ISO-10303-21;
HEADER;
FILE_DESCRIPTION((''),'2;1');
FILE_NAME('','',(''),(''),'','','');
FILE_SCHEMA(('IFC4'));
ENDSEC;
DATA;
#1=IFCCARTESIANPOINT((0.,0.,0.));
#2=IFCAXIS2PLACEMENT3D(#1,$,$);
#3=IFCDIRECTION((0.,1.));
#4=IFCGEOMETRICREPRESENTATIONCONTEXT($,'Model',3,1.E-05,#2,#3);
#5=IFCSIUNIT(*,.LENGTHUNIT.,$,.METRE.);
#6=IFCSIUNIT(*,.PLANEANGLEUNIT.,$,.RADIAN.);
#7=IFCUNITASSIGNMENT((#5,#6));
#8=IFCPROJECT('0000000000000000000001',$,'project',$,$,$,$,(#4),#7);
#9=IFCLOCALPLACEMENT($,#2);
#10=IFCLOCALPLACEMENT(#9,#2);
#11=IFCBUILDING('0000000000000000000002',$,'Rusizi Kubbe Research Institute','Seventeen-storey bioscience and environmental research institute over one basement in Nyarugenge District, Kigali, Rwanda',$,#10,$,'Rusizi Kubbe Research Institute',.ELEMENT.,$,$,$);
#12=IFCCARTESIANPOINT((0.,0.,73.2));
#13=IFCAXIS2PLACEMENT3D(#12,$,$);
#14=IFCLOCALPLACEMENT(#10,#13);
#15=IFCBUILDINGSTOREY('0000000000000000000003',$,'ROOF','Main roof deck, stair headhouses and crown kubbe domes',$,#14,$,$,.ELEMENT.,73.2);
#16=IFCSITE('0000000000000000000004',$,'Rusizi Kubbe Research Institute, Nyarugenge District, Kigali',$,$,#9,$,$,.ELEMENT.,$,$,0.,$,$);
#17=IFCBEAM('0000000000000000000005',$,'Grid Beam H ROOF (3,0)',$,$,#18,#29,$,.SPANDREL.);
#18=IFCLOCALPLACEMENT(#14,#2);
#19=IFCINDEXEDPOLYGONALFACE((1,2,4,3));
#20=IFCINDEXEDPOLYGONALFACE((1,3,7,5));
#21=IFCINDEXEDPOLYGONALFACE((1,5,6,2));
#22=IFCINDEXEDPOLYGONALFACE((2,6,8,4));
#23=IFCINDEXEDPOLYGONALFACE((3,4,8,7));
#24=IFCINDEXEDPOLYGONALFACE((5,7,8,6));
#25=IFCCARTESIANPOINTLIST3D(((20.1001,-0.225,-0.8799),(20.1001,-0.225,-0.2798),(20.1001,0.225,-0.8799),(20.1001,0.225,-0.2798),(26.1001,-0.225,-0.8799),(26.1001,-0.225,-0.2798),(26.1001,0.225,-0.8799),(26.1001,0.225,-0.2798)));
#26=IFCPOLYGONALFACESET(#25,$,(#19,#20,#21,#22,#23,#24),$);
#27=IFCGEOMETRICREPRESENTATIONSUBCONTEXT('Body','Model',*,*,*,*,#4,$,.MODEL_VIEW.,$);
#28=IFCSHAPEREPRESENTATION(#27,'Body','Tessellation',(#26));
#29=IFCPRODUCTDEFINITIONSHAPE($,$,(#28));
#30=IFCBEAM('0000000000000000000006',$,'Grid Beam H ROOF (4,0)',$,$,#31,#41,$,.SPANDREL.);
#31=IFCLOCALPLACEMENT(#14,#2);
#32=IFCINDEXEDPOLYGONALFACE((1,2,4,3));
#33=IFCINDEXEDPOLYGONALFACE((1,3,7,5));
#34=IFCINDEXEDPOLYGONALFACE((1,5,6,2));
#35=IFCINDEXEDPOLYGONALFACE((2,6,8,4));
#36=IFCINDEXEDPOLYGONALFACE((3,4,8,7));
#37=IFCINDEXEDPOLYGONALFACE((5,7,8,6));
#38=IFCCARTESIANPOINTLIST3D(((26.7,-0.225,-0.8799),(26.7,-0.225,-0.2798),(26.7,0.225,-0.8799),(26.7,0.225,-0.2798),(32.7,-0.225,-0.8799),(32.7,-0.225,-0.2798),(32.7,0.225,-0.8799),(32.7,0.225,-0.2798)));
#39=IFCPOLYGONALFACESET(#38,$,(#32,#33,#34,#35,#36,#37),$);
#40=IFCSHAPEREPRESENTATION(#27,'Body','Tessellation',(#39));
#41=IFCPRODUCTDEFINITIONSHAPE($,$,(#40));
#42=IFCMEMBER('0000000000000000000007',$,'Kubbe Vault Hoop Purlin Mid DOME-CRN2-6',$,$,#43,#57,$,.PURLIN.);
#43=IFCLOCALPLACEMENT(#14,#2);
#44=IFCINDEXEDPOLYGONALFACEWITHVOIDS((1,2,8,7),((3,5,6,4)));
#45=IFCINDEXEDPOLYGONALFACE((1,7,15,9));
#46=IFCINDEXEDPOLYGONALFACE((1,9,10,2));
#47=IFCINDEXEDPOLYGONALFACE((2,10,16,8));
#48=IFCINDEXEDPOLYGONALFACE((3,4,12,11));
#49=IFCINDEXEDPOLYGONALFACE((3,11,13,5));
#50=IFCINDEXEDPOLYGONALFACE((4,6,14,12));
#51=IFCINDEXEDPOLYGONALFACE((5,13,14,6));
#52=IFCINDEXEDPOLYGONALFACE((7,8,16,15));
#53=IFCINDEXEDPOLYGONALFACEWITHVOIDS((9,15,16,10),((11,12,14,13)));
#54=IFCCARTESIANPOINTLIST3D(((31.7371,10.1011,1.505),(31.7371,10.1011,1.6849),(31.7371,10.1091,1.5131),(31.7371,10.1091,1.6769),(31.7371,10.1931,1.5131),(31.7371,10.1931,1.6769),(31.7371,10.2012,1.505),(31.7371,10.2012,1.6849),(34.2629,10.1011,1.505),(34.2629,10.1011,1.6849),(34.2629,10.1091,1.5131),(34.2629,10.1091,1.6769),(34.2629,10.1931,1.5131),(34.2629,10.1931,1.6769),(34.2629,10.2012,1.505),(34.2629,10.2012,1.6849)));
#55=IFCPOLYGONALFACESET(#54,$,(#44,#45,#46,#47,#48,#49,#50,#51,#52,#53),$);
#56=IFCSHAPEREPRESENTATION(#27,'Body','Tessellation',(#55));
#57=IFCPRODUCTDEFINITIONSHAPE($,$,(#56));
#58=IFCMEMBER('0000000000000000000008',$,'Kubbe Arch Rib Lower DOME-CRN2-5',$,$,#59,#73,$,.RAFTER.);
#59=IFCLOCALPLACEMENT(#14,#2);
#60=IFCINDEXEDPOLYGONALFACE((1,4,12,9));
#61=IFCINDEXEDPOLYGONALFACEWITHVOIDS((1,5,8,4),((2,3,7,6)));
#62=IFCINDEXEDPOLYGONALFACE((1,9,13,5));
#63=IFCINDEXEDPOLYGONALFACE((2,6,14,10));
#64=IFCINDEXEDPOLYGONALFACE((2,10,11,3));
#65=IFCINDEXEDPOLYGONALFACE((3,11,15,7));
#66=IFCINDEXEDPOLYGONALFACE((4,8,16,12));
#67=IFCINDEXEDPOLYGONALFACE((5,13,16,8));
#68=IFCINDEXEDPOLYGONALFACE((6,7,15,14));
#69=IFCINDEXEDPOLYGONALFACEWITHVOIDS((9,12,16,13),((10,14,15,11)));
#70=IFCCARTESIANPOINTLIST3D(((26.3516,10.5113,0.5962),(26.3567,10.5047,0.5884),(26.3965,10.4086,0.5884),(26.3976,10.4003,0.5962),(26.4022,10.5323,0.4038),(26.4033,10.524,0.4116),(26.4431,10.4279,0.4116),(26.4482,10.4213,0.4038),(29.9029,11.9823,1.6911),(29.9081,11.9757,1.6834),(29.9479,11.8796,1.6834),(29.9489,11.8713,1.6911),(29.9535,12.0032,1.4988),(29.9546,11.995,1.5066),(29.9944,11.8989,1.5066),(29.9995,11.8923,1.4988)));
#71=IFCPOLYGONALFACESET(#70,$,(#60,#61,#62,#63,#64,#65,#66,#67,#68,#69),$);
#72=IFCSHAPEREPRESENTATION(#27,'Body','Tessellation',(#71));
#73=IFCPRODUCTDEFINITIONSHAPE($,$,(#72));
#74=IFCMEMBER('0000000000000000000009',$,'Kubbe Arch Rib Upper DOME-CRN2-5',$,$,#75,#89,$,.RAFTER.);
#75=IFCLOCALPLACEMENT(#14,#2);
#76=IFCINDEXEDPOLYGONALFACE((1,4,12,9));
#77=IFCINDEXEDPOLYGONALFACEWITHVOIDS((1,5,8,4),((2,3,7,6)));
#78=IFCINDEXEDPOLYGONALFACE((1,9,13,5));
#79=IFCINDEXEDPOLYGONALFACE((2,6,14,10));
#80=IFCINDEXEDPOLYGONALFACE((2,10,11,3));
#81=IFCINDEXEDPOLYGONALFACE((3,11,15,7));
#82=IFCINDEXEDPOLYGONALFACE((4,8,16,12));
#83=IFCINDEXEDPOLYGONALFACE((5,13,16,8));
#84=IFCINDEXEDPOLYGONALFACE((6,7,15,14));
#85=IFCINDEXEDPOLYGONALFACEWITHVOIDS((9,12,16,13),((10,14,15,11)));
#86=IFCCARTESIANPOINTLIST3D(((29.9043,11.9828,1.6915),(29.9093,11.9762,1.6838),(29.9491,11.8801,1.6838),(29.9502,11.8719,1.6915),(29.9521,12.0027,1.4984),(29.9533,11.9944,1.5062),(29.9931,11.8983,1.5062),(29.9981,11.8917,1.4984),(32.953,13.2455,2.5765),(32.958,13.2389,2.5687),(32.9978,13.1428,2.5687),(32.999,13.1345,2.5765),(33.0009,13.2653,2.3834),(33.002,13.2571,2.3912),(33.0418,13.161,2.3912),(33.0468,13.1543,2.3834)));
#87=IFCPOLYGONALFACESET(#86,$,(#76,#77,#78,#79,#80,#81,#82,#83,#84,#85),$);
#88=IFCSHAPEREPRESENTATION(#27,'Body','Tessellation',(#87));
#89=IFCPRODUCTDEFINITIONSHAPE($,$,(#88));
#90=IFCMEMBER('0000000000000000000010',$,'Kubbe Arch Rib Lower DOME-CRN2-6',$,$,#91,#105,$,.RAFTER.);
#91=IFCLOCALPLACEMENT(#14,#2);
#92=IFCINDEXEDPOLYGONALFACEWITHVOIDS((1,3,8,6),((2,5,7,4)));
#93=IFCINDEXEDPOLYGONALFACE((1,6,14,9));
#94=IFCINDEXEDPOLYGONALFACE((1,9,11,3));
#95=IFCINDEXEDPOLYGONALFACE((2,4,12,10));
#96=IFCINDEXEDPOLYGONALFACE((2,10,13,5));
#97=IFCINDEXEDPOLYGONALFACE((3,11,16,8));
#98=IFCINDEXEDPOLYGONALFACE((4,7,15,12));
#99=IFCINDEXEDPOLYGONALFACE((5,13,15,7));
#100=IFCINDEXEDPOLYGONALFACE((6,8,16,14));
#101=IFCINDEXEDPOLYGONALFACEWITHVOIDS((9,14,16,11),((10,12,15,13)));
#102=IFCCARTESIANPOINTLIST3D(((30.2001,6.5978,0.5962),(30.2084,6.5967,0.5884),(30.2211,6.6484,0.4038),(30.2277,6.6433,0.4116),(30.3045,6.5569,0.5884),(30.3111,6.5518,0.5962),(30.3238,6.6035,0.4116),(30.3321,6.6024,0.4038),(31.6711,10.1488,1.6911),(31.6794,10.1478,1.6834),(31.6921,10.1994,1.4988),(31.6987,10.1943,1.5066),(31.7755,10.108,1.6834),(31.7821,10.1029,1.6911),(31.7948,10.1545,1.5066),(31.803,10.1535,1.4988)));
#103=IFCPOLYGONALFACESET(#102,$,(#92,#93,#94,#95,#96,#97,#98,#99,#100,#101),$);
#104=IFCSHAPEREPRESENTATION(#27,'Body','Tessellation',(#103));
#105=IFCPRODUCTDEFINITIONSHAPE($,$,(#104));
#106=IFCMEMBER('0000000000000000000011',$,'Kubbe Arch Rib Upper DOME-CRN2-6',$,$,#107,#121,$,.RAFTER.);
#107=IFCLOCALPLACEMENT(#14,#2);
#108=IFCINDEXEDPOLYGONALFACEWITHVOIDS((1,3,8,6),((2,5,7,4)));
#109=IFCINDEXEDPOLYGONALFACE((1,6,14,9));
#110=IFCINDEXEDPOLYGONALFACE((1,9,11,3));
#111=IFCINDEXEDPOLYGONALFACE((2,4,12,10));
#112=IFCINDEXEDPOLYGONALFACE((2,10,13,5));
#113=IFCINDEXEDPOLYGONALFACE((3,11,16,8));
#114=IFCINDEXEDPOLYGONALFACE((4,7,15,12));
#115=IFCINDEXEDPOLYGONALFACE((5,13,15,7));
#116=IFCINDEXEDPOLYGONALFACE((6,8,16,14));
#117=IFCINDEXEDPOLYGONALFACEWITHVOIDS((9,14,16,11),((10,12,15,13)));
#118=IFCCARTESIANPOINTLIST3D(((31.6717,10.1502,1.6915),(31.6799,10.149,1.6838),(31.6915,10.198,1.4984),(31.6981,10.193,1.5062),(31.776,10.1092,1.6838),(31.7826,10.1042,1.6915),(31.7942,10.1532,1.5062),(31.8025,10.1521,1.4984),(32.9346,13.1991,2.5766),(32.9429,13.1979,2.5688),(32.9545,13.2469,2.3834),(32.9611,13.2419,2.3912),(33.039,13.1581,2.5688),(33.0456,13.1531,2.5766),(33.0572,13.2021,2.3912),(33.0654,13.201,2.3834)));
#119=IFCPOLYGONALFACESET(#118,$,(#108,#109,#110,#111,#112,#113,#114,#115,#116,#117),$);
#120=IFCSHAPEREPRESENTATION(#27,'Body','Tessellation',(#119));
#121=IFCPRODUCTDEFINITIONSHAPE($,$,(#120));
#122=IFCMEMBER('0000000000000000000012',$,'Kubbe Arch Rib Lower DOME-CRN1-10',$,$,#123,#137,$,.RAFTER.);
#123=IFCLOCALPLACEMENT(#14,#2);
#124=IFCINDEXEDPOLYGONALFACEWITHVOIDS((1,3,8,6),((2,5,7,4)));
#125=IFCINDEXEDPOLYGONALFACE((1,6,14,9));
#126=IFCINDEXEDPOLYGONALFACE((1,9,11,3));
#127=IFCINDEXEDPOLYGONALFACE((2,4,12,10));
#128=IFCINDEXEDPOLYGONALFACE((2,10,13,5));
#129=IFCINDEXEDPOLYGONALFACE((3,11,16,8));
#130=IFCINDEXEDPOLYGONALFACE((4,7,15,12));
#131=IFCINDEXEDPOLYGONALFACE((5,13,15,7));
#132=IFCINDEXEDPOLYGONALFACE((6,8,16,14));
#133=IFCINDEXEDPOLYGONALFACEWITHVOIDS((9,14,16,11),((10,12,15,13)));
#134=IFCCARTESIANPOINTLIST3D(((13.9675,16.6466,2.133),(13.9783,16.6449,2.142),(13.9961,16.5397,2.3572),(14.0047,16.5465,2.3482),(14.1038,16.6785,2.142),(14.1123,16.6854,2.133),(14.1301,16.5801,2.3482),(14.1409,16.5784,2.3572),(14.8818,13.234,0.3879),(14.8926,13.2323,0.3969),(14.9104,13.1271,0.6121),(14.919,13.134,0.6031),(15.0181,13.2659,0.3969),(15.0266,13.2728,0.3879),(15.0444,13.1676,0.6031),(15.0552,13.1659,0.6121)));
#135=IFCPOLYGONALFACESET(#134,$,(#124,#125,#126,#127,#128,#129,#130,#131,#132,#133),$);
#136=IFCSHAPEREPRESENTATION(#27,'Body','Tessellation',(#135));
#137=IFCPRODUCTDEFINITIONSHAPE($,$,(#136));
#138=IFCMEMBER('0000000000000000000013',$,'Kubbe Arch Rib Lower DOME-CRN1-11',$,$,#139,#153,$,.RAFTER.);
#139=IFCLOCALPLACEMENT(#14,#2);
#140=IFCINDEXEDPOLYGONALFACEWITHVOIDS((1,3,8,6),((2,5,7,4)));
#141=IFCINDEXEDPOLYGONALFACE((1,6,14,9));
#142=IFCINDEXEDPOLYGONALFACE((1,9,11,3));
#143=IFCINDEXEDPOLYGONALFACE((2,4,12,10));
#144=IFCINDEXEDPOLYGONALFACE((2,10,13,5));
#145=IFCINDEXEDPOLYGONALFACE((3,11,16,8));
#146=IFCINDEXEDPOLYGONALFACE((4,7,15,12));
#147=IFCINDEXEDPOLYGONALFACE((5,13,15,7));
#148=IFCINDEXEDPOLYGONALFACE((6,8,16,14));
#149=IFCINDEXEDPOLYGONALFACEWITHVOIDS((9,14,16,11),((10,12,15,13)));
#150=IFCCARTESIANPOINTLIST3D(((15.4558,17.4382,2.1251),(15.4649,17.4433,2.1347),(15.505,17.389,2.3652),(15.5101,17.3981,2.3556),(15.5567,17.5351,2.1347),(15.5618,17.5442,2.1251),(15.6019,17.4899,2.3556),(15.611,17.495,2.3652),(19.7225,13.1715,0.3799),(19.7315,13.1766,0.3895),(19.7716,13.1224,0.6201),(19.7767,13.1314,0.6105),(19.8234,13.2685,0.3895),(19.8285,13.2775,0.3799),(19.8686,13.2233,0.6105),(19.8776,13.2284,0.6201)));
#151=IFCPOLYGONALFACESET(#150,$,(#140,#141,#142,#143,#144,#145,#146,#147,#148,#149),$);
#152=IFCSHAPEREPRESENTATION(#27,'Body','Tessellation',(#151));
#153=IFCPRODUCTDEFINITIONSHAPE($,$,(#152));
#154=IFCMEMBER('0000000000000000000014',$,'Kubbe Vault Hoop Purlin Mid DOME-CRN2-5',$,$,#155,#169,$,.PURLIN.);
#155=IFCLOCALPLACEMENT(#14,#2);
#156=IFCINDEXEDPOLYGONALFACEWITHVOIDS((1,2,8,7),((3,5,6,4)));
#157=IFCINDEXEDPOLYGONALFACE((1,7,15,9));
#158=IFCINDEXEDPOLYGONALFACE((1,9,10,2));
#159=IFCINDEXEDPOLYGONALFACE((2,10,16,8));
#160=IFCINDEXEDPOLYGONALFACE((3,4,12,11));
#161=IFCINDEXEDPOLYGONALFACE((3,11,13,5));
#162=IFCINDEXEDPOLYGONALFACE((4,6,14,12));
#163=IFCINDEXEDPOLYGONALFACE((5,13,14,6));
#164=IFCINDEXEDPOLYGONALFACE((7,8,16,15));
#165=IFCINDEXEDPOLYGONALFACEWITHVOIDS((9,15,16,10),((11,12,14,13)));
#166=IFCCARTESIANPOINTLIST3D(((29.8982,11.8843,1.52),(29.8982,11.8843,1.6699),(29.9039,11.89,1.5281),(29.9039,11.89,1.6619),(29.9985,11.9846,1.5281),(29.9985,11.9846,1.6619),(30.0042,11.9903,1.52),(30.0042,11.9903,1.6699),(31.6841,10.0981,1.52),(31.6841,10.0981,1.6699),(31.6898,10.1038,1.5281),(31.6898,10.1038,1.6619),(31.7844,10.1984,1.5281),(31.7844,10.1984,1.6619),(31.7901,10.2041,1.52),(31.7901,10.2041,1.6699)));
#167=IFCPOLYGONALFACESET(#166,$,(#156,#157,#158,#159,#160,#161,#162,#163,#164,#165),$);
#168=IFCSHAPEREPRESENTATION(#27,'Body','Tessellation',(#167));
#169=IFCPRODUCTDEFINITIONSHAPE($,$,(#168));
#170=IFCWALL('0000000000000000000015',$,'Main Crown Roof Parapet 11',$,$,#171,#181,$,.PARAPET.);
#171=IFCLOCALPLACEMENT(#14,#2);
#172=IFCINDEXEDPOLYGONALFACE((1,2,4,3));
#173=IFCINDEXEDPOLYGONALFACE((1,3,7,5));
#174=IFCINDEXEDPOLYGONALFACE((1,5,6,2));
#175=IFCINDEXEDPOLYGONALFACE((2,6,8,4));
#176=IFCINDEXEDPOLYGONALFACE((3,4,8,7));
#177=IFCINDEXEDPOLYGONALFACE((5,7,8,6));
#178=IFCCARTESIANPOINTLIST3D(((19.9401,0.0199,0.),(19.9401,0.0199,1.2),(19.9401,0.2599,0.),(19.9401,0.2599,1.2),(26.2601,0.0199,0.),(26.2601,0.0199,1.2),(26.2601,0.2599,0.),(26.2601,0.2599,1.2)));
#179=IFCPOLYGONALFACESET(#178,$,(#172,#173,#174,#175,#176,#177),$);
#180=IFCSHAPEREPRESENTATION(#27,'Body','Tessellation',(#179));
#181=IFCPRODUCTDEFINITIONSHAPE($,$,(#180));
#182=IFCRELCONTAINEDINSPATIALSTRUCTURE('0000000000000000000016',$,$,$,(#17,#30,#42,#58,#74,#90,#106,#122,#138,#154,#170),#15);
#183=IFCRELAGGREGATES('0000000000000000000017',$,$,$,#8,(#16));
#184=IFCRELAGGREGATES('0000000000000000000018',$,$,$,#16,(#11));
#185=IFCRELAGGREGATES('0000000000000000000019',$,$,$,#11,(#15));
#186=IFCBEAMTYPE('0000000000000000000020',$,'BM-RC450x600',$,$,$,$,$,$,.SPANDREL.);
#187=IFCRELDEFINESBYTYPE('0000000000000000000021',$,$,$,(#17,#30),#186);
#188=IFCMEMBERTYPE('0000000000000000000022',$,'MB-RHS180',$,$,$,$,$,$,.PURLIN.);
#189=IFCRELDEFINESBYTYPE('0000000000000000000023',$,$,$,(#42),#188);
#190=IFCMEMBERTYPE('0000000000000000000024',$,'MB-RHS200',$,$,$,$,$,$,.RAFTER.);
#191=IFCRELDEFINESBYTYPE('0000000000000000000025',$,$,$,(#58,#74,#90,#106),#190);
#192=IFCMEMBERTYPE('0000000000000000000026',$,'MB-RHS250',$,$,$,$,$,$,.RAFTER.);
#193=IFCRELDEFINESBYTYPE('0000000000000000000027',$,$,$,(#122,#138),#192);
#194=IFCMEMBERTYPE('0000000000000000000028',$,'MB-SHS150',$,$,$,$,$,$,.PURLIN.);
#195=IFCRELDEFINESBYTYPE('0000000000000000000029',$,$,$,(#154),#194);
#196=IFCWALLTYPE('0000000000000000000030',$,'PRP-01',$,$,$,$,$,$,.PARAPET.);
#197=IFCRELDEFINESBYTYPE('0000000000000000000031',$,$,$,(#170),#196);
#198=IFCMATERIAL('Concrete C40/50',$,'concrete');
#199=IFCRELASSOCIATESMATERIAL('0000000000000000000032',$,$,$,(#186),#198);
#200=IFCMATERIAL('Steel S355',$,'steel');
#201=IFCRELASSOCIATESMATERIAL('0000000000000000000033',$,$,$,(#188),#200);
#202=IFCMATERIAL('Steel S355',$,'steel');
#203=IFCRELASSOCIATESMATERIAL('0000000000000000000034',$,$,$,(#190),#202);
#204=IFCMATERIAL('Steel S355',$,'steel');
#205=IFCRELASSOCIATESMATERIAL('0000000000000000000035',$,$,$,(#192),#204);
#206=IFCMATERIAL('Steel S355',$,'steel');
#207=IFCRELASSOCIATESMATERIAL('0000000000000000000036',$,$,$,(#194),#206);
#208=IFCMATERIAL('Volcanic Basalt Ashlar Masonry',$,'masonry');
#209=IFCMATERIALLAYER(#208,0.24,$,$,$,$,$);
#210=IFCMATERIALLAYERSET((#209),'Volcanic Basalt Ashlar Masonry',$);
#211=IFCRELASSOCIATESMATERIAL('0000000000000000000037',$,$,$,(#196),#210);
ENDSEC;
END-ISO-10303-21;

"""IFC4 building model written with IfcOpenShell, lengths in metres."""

from ifc_helpers import new_model, si_unit, direction, frame, frame_2d, origin, origin_2d, place, context, subcontext, project, spatial, rectangle, hollow_rectangle, extrude, material, layer, layer_set, material_profile, profile_set, type_object, element, save


model = new_model("IFC4")

# Units and contexts
model_context = context("Model", 3, precision=1e-05, world=origin(), true_north=direction((0.0, 1.0)))
body_context = subcontext(model_context, "Body", "Model", "MODEL_VIEW")
ifc_project = project(units=[si_unit("LENGTHUNIT", "METRE"), si_unit("PLANEANGLEUNIT", "RADIAN")], contexts=[model_context])

# Site, building, storey
site_placement = place(None, origin())
site = spatial("IfcSite", under=ifc_project, at=site_placement, Name="Rusizi Kubbe Research Institute, Nyarugenge District, Kigali", CompositionType="ELEMENT", RefElevation=0.0)
building_placement = place(site_placement, origin())
building = spatial("IfcBuilding", under=site, at=building_placement, Name="Rusizi Kubbe Research Institute", Description="Seventeen-storey bioscience and environmental research institute over one basement in Nyarugenge District, Kigali, Rwanda", LongName="Rusizi Kubbe Research Institute", CompositionType="ELEMENT")
storey_placement = place(building_placement, frame((0.0, 0.0, 73.2)))
storey = spatial("IfcBuildingStorey", under=building, at=storey_placement, Name="ROOF", Description="Main roof deck, stair headhouses and crown kubbe domes", CompositionType="ELEMENT", Elevation=73.2)

# Beams
ifc_material_1 = material(Name="Concrete C40/50", Category="concrete")
ifc_material_profile_1 = material_profile(ifc_material_1, rectangle(XDim=0.45, YDim=0.6001, at=origin_2d()), Name="RC450x600")
ifc_profile_set_1 = profile_set([ifc_material_profile_1], Name="Concrete C40/50")
beam_type_1 = type_object("IfcBeamType", Name="BM-RC450x600", PredefinedType="SPANDREL", material=ifc_profile_set_1)
for number, where, z_axis, x_axis, name in (
    (1, (20.1001, 0.0, -0.5798), (1.0, 0.0, 0.0), (0.0, 1.0, 0.0), "Grid Beam H ROOF (3,0)"),
    (2, (26.7, 0.0, -0.5798), (1.0, 0.0, 0.0), (0.0, 1.0, 0.0), "Grid Beam H ROOF (4,0)"),
):
    element("IfcBeam", number, at=place(storey_placement, frame(where, z_axis=z_axis, x_axis=x_axis)), inside=storey, type_object=beam_type_1, Name=name, PredefinedType="SPANDREL", context=body_context, shape_type="SweptSolid", body=[
        extrude(rectangle(XDim=0.45, YDim=0.6001, at=origin_2d()), origin(), (0.0, 0.0, 1.0), 6.0),
    ])

# Members
ifc_material_2 = material(Name="Steel S355", Category="steel")
ifc_material_profile_2 = material_profile(ifc_material_2, hollow_rectangle(XDim=0.1001, YDim=0.1799, WallThickness=0.0081, at=origin_2d()), Name="RHS 180x100x8.0")
ifc_profile_set_2 = profile_set([ifc_material_profile_2], Name="Steel S355")
member_type_1 = type_object("IfcMemberType", Name="MB-RHS180", PredefinedType="PURLIN", material=ifc_profile_set_2)
member_1_placement = place(storey_placement, frame((31.7371, 10.1511, 1.595), z_axis=(1.0, 0.0, 0.0), x_axis=(0.0, 1.0, 0.0)))
element("IfcMember", 3, at=member_1_placement, inside=storey, type_object=member_type_1, Name="Kubbe Vault Hoop Purlin Mid DOME-CRN2-6", PredefinedType="PURLIN", context=body_context, shape_type="SweptSolid", body=[
    extrude(hollow_rectangle(XDim=0.1001, YDim=0.1799, WallThickness=0.0081, at=origin_2d()), origin(), (0.0, 0.0, 1.0), 2.5259),
])
ifc_material_3 = material(Name="Steel S355", Category="steel")
ifc_material_profile_3 = material_profile(ifc_material_3, hollow_rectangle(XDim=0.1201, YDim=0.2, WallThickness=0.0081, at=origin_2d()), Name="RHS 200x120x8.0")
ifc_profile_set_3 = profile_set([ifc_material_profile_3], Name="Steel S355")
member_type_2 = type_object("IfcMemberType", Name="MB-RHS200", PredefinedType="RAFTER", material=ifc_profile_set_3)
member_2_placement = place(storey_placement, frame((26.3999, 10.4663, 0.5), z_axis=(0.888535, 0.368034, 0.273964), x_axis=(-0.382675, 0.923883, 0.0)))
element("IfcMember", 4, at=member_2_placement, inside=storey, type_object=member_type_2, Name="Kubbe Arch Rib Lower DOME-CRN2-5", PredefinedType="RAFTER", context=body_context, shape_type="SweptSolid", body=[
    extrude(hollow_rectangle(XDim=0.1201, YDim=0.2, WallThickness=0.0081, at=origin_2d()), origin(), (0.0, 0.0, 1.0), 3.9968),
])
member_3_placement = place(storey_placement, frame((29.9512, 11.9373, 1.595), z_axis=(0.892364, 0.369579, 0.259034), x_axis=(-0.382639, 0.923898, 0.0)))
element("IfcMember", 5, at=member_3_placement, inside=storey, type_object=member_type_2, Name="Kubbe Arch Rib Upper DOME-CRN2-5", PredefinedType="RAFTER", context=body_context, shape_type="SweptSolid", body=[
    extrude(hollow_rectangle(XDim=0.1201, YDim=0.2, WallThickness=0.0081, at=origin_2d()), origin(), (0.0, 0.0, 1.0), 3.4165),
])
member_4_placement = place(storey_placement, frame((30.2661, 6.6001, 0.5), z_axis=(0.368054, 0.888522, 0.273979), x_axis=(-0.923874, 0.382698, 0.0)))
element("IfcMember", 6, at=member_4_placement, inside=storey, type_object=member_type_2, Name="Kubbe Arch Rib Lower DOME-CRN2-6", PredefinedType="RAFTER", context=body_context, shape_type="SweptSolid", body=[
    extrude(hollow_rectangle(XDim=0.1201, YDim=0.2, WallThickness=0.0081, at=origin_2d()), origin(), (0.0, 0.0, 1.0), 3.9966),
])
member_5_placement = place(storey_placement, frame((31.7371, 10.1511, 1.595), z_axis=(0.369641, 0.89234, 0.259027), x_axis=(-0.923872, 0.382702, 0.0)))
element("IfcMember", 7, at=member_5_placement, inside=storey, type_object=member_type_2, Name="Kubbe Arch Rib Upper DOME-CRN2-6", PredefinedType="RAFTER", context=body_context, shape_type="SweptSolid", body=[
    extrude(hollow_rectangle(XDim=0.1201, YDim=0.2, WallThickness=0.0081, at=origin_2d()), origin(), (0.0, 0.0, 1.0), 3.4167),
])
ifc_material_4 = material(Name="Steel S355", Category="steel")
ifc_material_profile_4 = material_profile(ifc_material_4, hollow_rectangle(XDim=0.1499, YDim=0.25, WallThickness=0.01, at=origin_2d()), Name="RHS 250x150x10.0")
ifc_profile_set_4 = profile_set([ifc_material_profile_4], Name="Steel S355")
member_type_3 = type_object("IfcMemberType", Name="MB-RHS250", PredefinedType="RAFTER", material=ifc_profile_set_4)
member_6_placement = place(storey_placement, frame((14.9685, 13.2, 0.5), z_axis=(-0.232031, 0.866041, 0.442872), x_axis=(-0.965933, -0.258794, 0.0)))
element("IfcMember", 8, at=member_6_placement, inside=storey, type_object=member_type_3, Name="Kubbe Arch Rib Lower DOME-CRN1-10", PredefinedType="RAFTER", context=body_context, shape_type="SweptSolid", body=[
    extrude(hollow_rectangle(XDim=0.1499, YDim=0.25, WallThickness=0.01, at=origin_2d()), origin(), (0.0, 0.0, 1.0), 3.9404),
])
member_7_placement = place(storey_placement, frame((19.8, 13.2, 0.5), z_axis=(-0.679268, 0.679268, 0.277833), x_axis=(-0.707107, -0.707107, 0.0)))
element("IfcMember", 9, at=member_7_placement, inside=storey, type_object=member_type_3, Name="Kubbe Arch Rib Lower DOME-CRN1-11", PredefinedType="RAFTER", context=body_context, shape_type="SweptSolid", body=[
    extrude(hollow_rectangle(XDim=0.1499, YDim=0.25, WallThickness=0.01, at=origin_2d()), origin(), (0.0, 0.0, 1.0), 6.2812),
])
ifc_material_5 = material(Name="Steel S355", Category="steel")
ifc_material_profile_5 = material_profile(ifc_material_5, hollow_rectangle(XDim=0.1499, YDim=0.1499, WallThickness=0.0081, at=origin_2d()), Name="SHS 150x150x8.0")
ifc_profile_set_5 = profile_set([ifc_material_profile_5], Name="Steel S355")
member_type_4 = type_object("IfcMemberType", Name="MB-SHS150", PredefinedType="PURLIN", material=ifc_profile_set_5)
member_8_placement = place(storey_placement, frame((29.9512, 11.9373, 1.595), z_axis=(0.707058, -0.707155, 0.0), x_axis=(0.707155, 0.707058, 0.0)))
element("IfcMember", 10, at=member_8_placement, inside=storey, type_object=member_type_4, Name="Kubbe Vault Hoop Purlin Mid DOME-CRN2-5", PredefinedType="PURLIN", context=body_context, shape_type="SweptSolid", body=[
    extrude(hollow_rectangle(XDim=0.1499, YDim=0.1499, WallThickness=0.0081, at=origin_2d()), origin(), (0.0, 0.0, 1.0), 2.5259),
])

# Wall
ifc_material_6 = material(Name="Volcanic Basalt Ashlar Masonry", Category="masonry")
ifc_layer = layer(ifc_material_6, 0.24)
ifc_layer_set = layer_set([ifc_layer], Name="Volcanic Basalt Ashlar Masonry")
wall_type = type_object("IfcWallType", Name="PRP-01", PredefinedType="PARAPET", material=ifc_layer_set)
for number, where, z_axis, x_axis, name in (
    (11, (19.9399, 0.1399, 0.0), (0.0, 0.0, 1.0), (1.0, 0.0, 0.0), "Main Crown Roof Parapet 11"),
):
    element("IfcWall", number, at=place(storey_placement, frame(where, z_axis=z_axis, x_axis=x_axis)), inside=storey, type_object=wall_type, Name=name, PredefinedType="PARAPET", context=body_context, shape_type="SweptSolid", body=[
        extrude(rectangle(XDim=6.3201, YDim=0.24, at=frame_2d((3.1602, 0.0))), origin(), (0.0, 0.0, 1.0), 1.2),
    ])

save(model, "model.ifc")
